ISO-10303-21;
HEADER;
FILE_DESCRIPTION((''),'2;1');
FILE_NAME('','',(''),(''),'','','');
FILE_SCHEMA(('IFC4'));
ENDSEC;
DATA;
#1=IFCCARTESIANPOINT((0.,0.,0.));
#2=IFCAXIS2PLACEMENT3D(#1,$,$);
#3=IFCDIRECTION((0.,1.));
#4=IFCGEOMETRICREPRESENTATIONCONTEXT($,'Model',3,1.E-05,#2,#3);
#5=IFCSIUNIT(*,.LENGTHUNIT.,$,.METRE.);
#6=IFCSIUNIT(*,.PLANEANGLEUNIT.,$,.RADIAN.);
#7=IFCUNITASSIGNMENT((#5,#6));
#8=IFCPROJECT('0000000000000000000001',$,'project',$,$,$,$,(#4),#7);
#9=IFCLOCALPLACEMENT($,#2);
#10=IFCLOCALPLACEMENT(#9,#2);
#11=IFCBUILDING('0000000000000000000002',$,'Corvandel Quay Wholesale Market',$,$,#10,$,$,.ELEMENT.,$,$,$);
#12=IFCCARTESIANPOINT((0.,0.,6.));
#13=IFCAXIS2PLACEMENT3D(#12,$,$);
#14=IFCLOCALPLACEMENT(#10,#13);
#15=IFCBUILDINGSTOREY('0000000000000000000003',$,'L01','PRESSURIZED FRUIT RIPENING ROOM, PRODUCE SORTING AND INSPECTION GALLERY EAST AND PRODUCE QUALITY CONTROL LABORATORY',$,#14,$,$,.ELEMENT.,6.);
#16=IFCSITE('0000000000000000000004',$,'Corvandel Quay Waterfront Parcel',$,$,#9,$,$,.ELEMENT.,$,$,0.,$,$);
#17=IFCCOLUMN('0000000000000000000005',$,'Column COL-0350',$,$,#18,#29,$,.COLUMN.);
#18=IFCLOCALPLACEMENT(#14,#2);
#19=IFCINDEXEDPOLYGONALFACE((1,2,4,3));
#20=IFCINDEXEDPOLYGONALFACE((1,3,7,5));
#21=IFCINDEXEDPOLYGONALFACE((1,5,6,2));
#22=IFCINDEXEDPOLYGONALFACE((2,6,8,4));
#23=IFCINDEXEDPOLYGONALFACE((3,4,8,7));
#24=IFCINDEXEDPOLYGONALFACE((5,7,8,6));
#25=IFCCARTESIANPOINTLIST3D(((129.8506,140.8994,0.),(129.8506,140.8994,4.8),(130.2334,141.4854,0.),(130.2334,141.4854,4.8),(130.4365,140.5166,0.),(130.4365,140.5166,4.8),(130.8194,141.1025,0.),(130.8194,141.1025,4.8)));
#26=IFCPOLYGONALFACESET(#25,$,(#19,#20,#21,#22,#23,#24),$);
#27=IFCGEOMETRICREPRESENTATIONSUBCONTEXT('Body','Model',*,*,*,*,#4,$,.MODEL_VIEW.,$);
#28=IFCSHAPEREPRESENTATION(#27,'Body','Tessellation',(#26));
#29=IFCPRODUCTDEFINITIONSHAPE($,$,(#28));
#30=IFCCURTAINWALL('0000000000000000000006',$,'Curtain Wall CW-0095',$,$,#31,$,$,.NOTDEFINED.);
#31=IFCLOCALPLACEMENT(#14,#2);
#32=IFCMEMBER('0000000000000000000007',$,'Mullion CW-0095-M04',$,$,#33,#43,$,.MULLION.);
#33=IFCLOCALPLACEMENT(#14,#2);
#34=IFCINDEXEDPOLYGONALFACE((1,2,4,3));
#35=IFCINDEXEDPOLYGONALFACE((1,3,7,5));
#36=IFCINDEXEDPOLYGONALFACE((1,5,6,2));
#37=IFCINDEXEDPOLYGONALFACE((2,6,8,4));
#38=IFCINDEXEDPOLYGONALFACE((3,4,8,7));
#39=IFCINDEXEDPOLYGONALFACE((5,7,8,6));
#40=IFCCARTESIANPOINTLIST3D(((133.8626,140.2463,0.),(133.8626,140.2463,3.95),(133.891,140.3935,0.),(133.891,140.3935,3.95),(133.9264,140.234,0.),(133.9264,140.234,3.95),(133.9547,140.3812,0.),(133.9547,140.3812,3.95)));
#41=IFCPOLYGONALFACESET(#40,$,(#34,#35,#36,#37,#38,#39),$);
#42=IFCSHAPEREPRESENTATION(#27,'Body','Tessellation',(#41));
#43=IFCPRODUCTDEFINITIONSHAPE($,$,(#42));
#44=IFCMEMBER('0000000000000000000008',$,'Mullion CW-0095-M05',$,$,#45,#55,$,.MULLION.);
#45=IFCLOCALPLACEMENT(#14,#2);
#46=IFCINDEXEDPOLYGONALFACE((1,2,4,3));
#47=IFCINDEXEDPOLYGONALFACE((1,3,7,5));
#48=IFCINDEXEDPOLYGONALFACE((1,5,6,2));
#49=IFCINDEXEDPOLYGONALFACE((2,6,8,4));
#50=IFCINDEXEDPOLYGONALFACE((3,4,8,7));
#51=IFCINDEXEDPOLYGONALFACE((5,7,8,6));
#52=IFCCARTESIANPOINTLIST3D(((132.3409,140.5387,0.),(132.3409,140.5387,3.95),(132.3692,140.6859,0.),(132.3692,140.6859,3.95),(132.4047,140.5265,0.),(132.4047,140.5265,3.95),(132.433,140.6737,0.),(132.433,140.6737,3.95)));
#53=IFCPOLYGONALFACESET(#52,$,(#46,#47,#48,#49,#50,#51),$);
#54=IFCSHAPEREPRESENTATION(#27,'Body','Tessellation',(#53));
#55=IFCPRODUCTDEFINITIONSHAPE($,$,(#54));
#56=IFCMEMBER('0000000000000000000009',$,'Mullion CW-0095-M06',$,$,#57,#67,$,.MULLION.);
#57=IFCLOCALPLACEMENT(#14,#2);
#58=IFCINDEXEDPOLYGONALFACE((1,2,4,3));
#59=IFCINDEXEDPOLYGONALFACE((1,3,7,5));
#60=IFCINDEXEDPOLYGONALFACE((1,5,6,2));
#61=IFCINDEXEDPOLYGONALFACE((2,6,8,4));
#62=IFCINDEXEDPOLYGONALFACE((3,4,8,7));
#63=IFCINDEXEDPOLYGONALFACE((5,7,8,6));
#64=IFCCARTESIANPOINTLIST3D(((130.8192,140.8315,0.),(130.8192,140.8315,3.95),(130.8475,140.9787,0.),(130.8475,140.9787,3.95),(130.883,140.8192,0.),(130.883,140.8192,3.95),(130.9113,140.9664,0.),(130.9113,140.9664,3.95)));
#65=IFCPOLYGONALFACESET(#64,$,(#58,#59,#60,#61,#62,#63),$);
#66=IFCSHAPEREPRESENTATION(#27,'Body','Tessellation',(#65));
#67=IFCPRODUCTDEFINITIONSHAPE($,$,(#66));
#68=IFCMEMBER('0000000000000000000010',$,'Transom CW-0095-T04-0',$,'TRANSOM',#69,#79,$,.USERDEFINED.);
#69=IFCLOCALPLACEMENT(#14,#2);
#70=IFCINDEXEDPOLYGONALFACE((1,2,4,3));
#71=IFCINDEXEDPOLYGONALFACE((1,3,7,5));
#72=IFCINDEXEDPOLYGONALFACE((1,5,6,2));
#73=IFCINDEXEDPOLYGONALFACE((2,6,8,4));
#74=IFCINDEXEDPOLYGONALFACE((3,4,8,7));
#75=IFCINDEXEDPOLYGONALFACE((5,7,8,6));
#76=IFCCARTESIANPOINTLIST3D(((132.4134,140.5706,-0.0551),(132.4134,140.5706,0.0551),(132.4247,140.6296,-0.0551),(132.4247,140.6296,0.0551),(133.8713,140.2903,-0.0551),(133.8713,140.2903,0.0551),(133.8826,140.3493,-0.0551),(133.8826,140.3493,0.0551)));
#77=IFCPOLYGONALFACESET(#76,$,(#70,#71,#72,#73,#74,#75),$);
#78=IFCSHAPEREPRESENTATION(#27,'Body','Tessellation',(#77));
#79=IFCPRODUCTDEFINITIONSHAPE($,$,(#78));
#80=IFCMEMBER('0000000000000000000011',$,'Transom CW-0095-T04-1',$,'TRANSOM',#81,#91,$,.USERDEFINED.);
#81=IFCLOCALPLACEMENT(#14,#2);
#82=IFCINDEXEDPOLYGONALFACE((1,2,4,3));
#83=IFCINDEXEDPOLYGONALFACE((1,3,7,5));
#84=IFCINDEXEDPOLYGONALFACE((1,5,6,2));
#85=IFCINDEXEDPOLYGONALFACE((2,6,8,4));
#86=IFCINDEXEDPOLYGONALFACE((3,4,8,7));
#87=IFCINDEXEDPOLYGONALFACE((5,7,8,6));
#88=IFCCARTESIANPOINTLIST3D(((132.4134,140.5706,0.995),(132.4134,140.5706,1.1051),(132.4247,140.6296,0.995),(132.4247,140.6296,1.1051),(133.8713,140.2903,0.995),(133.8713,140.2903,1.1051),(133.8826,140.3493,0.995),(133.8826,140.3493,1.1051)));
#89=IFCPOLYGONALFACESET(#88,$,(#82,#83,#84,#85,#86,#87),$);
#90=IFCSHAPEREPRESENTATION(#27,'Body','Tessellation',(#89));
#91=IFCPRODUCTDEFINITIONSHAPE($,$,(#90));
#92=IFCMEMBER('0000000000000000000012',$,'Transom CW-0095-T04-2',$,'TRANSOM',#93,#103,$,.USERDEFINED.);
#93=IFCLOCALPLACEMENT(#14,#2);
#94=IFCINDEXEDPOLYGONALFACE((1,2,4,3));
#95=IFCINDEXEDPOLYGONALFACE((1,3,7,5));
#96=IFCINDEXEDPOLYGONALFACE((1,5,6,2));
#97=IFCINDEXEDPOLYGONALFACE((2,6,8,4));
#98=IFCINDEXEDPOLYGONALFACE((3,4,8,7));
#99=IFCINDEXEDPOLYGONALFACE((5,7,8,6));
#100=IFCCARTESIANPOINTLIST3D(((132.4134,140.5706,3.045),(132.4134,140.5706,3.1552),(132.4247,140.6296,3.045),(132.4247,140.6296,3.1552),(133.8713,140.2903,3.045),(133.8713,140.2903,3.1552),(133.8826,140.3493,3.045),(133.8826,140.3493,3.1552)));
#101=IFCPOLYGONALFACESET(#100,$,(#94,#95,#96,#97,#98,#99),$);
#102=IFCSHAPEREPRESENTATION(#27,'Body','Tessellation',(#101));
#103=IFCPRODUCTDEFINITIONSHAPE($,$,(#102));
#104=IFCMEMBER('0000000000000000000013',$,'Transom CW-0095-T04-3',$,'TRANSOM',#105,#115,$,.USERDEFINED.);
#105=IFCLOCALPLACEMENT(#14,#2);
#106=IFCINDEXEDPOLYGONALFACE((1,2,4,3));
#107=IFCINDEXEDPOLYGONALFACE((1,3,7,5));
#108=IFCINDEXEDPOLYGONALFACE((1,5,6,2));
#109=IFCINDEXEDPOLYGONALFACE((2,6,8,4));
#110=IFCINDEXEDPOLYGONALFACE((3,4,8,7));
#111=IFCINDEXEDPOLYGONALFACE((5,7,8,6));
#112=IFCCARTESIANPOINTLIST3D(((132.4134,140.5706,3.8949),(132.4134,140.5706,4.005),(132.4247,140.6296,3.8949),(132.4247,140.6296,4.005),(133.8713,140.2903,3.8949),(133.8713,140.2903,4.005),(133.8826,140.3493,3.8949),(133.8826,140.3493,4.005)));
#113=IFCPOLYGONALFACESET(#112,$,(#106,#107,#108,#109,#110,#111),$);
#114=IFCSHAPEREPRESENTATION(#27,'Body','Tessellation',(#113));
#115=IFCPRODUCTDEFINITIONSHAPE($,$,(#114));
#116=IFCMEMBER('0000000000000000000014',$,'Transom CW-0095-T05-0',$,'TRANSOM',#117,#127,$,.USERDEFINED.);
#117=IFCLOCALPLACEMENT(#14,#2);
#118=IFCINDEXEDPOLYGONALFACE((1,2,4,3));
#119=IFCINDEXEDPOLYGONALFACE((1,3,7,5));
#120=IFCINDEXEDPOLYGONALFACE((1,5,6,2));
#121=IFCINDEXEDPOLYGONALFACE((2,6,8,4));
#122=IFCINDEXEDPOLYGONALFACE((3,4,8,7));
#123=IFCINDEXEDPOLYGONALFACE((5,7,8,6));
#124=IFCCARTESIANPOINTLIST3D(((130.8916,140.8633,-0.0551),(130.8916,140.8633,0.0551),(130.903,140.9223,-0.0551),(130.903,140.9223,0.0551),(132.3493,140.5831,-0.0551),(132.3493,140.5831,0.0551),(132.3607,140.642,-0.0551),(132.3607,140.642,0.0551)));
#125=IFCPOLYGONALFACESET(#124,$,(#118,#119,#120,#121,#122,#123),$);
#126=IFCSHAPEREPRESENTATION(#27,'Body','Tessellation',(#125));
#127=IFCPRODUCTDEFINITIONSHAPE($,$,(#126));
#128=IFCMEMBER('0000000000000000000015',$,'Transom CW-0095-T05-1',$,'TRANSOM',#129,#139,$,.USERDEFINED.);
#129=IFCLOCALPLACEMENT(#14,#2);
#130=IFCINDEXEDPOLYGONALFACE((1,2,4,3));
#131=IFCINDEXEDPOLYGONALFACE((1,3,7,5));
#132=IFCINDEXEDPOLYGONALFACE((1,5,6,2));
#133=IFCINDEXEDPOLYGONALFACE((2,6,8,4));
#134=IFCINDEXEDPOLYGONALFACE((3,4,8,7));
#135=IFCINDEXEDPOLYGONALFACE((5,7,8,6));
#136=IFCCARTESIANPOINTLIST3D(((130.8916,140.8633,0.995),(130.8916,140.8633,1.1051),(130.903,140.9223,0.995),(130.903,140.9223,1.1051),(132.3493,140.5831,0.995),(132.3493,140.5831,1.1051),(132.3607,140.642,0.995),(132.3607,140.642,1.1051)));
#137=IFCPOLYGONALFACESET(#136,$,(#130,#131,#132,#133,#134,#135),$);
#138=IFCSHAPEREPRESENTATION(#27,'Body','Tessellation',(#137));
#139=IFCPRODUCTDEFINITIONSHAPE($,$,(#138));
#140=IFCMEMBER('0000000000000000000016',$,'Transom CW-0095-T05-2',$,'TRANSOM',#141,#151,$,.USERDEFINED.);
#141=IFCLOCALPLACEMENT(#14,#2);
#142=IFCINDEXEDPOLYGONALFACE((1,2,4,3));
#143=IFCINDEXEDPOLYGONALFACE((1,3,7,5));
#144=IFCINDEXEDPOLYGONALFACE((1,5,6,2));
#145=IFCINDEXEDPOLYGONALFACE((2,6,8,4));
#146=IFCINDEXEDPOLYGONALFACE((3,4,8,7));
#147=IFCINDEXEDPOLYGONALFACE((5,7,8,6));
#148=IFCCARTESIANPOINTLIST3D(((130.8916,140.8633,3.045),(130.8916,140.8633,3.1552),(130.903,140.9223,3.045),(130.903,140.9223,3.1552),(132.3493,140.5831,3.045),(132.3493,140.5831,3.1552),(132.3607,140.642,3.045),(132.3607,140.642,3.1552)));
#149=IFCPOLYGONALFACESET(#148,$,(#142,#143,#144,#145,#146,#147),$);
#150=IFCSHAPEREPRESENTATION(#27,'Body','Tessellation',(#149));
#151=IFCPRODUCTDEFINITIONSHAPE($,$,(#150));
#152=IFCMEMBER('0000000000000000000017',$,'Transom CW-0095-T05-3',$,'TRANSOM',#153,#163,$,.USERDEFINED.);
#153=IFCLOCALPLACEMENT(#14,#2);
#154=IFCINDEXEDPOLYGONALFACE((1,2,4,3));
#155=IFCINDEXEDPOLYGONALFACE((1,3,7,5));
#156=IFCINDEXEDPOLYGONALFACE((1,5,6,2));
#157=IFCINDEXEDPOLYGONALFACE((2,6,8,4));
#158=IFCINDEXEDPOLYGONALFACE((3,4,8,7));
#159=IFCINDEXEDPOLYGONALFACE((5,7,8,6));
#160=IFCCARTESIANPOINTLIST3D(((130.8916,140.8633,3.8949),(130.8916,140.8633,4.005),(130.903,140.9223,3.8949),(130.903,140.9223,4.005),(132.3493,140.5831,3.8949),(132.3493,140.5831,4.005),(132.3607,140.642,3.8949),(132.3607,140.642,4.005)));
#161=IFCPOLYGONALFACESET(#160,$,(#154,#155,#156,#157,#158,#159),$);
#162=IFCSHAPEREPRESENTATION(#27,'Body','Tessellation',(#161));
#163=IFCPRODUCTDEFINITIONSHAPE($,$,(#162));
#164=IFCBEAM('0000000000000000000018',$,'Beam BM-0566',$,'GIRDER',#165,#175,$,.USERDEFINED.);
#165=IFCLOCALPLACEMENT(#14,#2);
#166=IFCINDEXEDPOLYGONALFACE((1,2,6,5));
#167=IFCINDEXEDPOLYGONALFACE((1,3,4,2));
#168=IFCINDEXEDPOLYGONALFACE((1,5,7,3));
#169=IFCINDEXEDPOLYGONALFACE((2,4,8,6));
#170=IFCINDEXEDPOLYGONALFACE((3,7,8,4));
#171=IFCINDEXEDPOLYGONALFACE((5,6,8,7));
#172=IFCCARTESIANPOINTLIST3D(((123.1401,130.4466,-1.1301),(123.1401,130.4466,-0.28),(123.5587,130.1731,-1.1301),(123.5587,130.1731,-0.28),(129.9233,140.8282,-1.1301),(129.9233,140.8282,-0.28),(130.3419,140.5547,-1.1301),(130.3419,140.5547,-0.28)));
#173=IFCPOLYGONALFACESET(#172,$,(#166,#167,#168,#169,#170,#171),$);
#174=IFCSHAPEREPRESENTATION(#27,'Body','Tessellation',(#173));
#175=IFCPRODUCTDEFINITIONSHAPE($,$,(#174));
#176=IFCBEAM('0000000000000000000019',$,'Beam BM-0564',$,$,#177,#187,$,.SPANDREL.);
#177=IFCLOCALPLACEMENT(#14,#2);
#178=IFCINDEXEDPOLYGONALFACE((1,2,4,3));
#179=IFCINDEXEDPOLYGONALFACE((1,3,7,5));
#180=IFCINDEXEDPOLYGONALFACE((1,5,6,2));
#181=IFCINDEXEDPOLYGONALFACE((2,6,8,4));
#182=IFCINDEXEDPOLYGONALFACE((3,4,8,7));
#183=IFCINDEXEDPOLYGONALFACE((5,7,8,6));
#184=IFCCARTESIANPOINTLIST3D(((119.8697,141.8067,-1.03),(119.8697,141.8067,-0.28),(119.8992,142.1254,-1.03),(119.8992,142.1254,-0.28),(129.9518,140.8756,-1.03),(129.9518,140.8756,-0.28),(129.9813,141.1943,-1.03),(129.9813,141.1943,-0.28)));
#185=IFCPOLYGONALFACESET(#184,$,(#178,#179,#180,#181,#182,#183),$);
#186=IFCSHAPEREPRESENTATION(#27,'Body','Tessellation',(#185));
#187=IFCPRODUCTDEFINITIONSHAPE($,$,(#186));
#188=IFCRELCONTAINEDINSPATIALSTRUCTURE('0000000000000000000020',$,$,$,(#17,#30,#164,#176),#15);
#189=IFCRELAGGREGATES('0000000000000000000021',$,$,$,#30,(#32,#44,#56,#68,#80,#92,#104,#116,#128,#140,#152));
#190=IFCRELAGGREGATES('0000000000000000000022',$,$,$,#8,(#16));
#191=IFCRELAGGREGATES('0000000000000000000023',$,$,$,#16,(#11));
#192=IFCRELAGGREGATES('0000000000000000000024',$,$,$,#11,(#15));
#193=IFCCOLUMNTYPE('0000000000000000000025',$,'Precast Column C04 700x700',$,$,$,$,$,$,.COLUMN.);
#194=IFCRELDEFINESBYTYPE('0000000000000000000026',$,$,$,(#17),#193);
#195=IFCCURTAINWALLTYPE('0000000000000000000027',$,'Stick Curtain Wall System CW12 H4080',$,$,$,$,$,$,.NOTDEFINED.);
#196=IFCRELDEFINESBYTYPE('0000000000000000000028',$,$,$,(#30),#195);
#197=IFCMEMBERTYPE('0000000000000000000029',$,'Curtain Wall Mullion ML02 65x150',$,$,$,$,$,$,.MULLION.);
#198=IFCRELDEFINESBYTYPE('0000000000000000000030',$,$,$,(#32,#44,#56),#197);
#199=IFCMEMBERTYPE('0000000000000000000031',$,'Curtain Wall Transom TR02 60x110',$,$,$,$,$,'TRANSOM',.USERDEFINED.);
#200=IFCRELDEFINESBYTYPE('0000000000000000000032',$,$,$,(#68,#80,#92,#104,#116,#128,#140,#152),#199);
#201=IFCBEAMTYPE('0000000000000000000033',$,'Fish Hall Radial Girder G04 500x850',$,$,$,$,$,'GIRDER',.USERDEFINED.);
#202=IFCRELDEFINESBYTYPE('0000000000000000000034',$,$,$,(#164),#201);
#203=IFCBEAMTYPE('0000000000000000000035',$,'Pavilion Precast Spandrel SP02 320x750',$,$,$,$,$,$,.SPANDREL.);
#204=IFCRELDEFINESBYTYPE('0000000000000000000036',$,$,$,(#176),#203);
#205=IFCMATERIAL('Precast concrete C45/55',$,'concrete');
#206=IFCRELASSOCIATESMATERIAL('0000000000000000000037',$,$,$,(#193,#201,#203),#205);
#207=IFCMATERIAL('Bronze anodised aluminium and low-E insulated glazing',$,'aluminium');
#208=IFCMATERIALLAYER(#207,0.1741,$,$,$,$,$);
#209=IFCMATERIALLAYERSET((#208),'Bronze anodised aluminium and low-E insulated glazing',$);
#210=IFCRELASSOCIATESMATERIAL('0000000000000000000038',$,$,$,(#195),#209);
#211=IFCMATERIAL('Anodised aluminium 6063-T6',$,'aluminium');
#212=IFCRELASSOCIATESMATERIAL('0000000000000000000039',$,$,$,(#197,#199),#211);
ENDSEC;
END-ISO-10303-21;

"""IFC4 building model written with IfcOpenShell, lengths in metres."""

from ifc_helpers import new_model, si_unit, direction, frame, origin, origin_2d, place, context, subcontext, project, spatial, rectangle, extrude, material, layer, layer_set, material_profile, profile_set, type_object, element, aggregate, save


model = new_model("IFC4")

# Units and contexts
model_context = context("Model", 3, precision=1e-05, world=origin(), true_north=direction((0.0, 1.0)))
body_context = subcontext(model_context, "Body", "Model", "MODEL_VIEW")
ifc_project = project(units=[si_unit("LENGTHUNIT", "METRE"), si_unit("PLANEANGLEUNIT", "RADIAN")], contexts=[model_context])

# Site, building, storey
site_placement = place(None, origin())
site = spatial("IfcSite", under=ifc_project, at=site_placement, Name="Corvandel Quay Waterfront Parcel", CompositionType="ELEMENT", RefElevation=0.0)
building_placement = place(site_placement, origin())
building = spatial("IfcBuilding", under=site, at=building_placement, Name="Corvandel Quay Wholesale Market", CompositionType="ELEMENT")
storey_placement = place(building_placement, frame((0.0, 0.0, 6.0)))
storey = spatial("IfcBuildingStorey", under=building, at=storey_placement, Name="L01", Description="PRESSURIZED FRUIT RIPENING ROOM, PRODUCE SORTING AND INSPECTION GALLERY EAST AND PRODUCE QUALITY CONTROL LABORATORY", CompositionType="ELEMENT", Elevation=6.0)

# Column
ifc_material_1 = material(Name="Precast concrete C45/55", Category="concrete")
ifc_material_profile_1 = material_profile(ifc_material_1, rectangle(XDim=0.7, YDim=0.7, at=origin_2d()), Name="PC-COL-700x700")
ifc_profile_set_1 = profile_set([ifc_material_profile_1], Name="Precast concrete C45/55")
column_type = type_object("IfcColumnType", Name="Precast Column C04 700x700", PredefinedType="COLUMN", material=ifc_profile_set_1)
column_placement = place(storey_placement, frame((130.335, 141.001, 0.0), z_axis=(0.0, 0.0, 1.0), x_axis=(-0.837146, 0.546979, 0.0)))
element("IfcColumn", 1, at=column_placement, inside=storey, type_object=column_type, Name="Column COL-0350", PredefinedType="COLUMN", context=body_context, shape_type="SweptSolid", body=[
    extrude(rectangle(XDim=0.7, YDim=0.7, at=origin_2d()), origin(), (0.0, 0.0, 1.0), 4.8),
])

# Curtain wall, members
ifc_material_2 = material(Name="Bronze anodised aluminium and low-E insulated glazing", Category="aluminium")
ifc_layer_1 = layer(ifc_material_2, 0.1741)
ifc_layer_set_1 = layer_set([ifc_layer_1], Name="Bronze anodised aluminium and low-E insulated glazing")
curtain_wall_type = type_object("IfcCurtainWallType", Name="Stick Curtain Wall System CW12 H4080", PredefinedType="NOTDEFINED", material=ifc_layer_set_1)
curtain_wall_placement = place(storey_placement, origin())
curtain_wall = element("IfcCurtainWall", 2, at=curtain_wall_placement, inside=storey, type_object=curtain_wall_type, Name="Curtain Wall CW-0095", PredefinedType="NOTDEFINED")
ifc_material_3 = material(Name="Anodised aluminium 6063-T6", Category="aluminium")
ifc_material_profile_2 = material_profile(ifc_material_3, rectangle(XDim=0.0649, YDim=0.1499, at=origin_2d()), Name="ALU-MUL-65x150")
ifc_profile_set_2 = profile_set([ifc_material_profile_2], Name="Anodised aluminium 6063-T6")
member_type_1 = type_object("IfcMemberType", Name="Curtain Wall Mullion ML02 65x150", PredefinedType="MULLION", material=ifc_profile_set_2)
member_1_placement = place(storey_placement, frame((133.9087, 140.3137, 0.0), z_axis=(0.0, 0.0, 1.0), x_axis=(-0.981992, 0.188924, 0.0)))
member_1 = element("IfcMember", 3, at=member_1_placement, type_object=member_type_1, Name="Mullion CW-0095-M04", PredefinedType="MULLION", context=body_context, shape_type="SweptSolid", body=[
    extrude(rectangle(XDim=0.0649, YDim=0.1499, at=origin_2d()), origin(), (0.0, 0.0, 1.0), 3.95),
])
member_2_placement = place(storey_placement, frame((132.387, 140.6062, 0.0), z_axis=(0.0, 0.0, 1.0), x_axis=(-0.981992, 0.188924, 0.0)))
member_2 = element("IfcMember", 4, at=member_2_placement, type_object=member_type_1, Name="Mullion CW-0095-M05", PredefinedType="MULLION", context=body_context, shape_type="SweptSolid", body=[
    extrude(rectangle(XDim=0.0649, YDim=0.1499, at=origin_2d()), origin(), (0.0, 0.0, 1.0), 3.95),
])
member_3_placement = place(storey_placement, frame((130.8652, 140.8989, 0.0), z_axis=(0.0, 0.0, 1.0), x_axis=(-0.981992, 0.188924, 0.0)))
member_3 = element("IfcMember", 5, at=member_3_placement, type_object=member_type_1, Name="Mullion CW-0095-M06", PredefinedType="MULLION", context=body_context, shape_type="SweptSolid", body=[
    extrude(rectangle(XDim=0.0649, YDim=0.1499, at=origin_2d()), origin(), (0.0, 0.0, 1.0), 3.95),
])
ifc_material_profile_3 = material_profile(ifc_material_3, rectangle(XDim=0.0601, YDim=0.1101, at=origin_2d()), Name="ALU-TRN-60x110")
ifc_profile_set_3 = profile_set([ifc_material_profile_3], Name="Anodised aluminium 6063-T6")
member_type_2 = type_object("IfcMemberType", Name="Curtain Wall Transom TR02 60x110", ElementType="TRANSOM", PredefinedType="USERDEFINED", material=ifc_profile_set_3)
member_4_placement = place(storey_placement, frame((133.877, 140.3198, 0.0), z_axis=(-0.982021, 0.188774, 0.0), x_axis=(-0.188774, -0.982021, 0.0)))
member_4 = element("IfcMember", 6, at=member_4_placement, type_object=member_type_2, Name="Transom CW-0095-T04-0", ObjectType="TRANSOM", PredefinedType="USERDEFINED", context=body_context, shape_type="SweptSolid", body=[
    extrude(rectangle(XDim=0.0601, YDim=0.1101, at=origin_2d()), origin(), (0.0, 0.0, 1.0), 1.4846),
])
member_5_placement = place(storey_placement, frame((133.877, 140.3198, 1.05), z_axis=(-0.982021, 0.188774, 0.0), x_axis=(-0.188774, -0.982021, 0.0)))
member_5 = element("IfcMember", 7, at=member_5_placement, type_object=member_type_2, Name="Transom CW-0095-T04-1", ObjectType="TRANSOM", PredefinedType="USERDEFINED", context=body_context, shape_type="SweptSolid", body=[
    extrude(rectangle(XDim=0.0601, YDim=0.1101, at=origin_2d()), origin(), (0.0, 0.0, 1.0), 1.4846),
])
member_6_placement = place(storey_placement, frame((133.877, 140.3198, 3.1001), z_axis=(-0.982021, 0.188774, 0.0), x_axis=(-0.188774, -0.982021, 0.0)))
member_6 = element("IfcMember", 8, at=member_6_placement, type_object=member_type_2, Name="Transom CW-0095-T04-2", ObjectType="TRANSOM", PredefinedType="USERDEFINED", context=body_context, shape_type="SweptSolid", body=[
    extrude(rectangle(XDim=0.0601, YDim=0.1101, at=origin_2d()), origin(), (0.0, 0.0, 1.0), 1.4846),
])
member_7_placement = place(storey_placement, frame((133.877, 140.3198, 3.95), z_axis=(-0.982021, 0.188774, 0.0), x_axis=(-0.188774, -0.982021, 0.0)))
member_7 = element("IfcMember", 9, at=member_7_placement, type_object=member_type_2, Name="Transom CW-0095-T04-3", ObjectType="TRANSOM", PredefinedType="USERDEFINED", context=body_context, shape_type="SweptSolid", body=[
    extrude(rectangle(XDim=0.0601, YDim=0.1101, at=origin_2d()), origin(), (0.0, 0.0, 1.0), 1.4846),
])
member_8_placement = place(storey_placement, frame((132.355, 140.6125, 0.0), z_axis=(-0.982015, 0.188805, 0.0), x_axis=(-0.188805, -0.982015, 0.0)))
member_8 = element("IfcMember", 10, at=member_8_placement, type_object=member_type_2, Name="Transom CW-0095-T05-0", ObjectType="TRANSOM", PredefinedType="USERDEFINED", context=body_context, shape_type="SweptSolid", body=[
    extrude(rectangle(XDim=0.0601, YDim=0.1101, at=origin_2d()), origin(), (0.0, 0.0, 1.0), 1.4844),
])
member_9_placement = place(storey_placement, frame((132.355, 140.6125, 1.05), z_axis=(-0.982015, 0.188805, 0.0), x_axis=(-0.188805, -0.982015, 0.0)))
member_9 = element("IfcMember", 11, at=member_9_placement, type_object=member_type_2, Name="Transom CW-0095-T05-1", ObjectType="TRANSOM", PredefinedType="USERDEFINED", context=body_context, shape_type="SweptSolid", body=[
    extrude(rectangle(XDim=0.0601, YDim=0.1101, at=origin_2d()), origin(), (0.0, 0.0, 1.0), 1.4844),
])
member_10_placement = place(storey_placement, frame((132.355, 140.6125, 3.1001), z_axis=(-0.982015, 0.188805, 0.0), x_axis=(-0.188805, -0.982015, 0.0)))
member_10 = element("IfcMember", 12, at=member_10_placement, type_object=member_type_2, Name="Transom CW-0095-T05-2", ObjectType="TRANSOM", PredefinedType="USERDEFINED", context=body_context, shape_type="SweptSolid", body=[
    extrude(rectangle(XDim=0.0601, YDim=0.1101, at=origin_2d()), origin(), (0.0, 0.0, 1.0), 1.4844),
])
member_11_placement = place(storey_placement, frame((132.355, 140.6125, 3.95), z_axis=(-0.982015, 0.188805, 0.0), x_axis=(-0.188805, -0.982015, 0.0)))
member_11 = element("IfcMember", 13, at=member_11_placement, type_object=member_type_2, Name="Transom CW-0095-T05-3", ObjectType="TRANSOM", PredefinedType="USERDEFINED", context=body_context, shape_type="SweptSolid", body=[
    extrude(rectangle(XDim=0.0601, YDim=0.1101, at=origin_2d()), origin(), (0.0, 0.0, 1.0), 1.4844),
])

# Beams
ifc_material_profile_4 = material_profile(ifc_material_1, rectangle(XDim=0.5, YDim=0.8501, at=origin_2d()), Name="PC-GIR-500x850")
ifc_profile_set_4 = profile_set([ifc_material_profile_4], Name="Precast concrete C45/55")
beam_type_1 = type_object("IfcBeamType", Name="Fish Hall Radial Girder G04 500x850", ElementType="GIRDER", PredefinedType="USERDEFINED", material=ifc_profile_set_4)
beam_1_placement = place(storey_placement, frame((130.1326, 140.6914, -0.7051), z_axis=(-0.54698, -0.837145, 0.0), x_axis=(0.837145, -0.54698, 0.0)))
element("IfcBeam", 14, at=beam_1_placement, inside=storey, type_object=beam_type_1, Name="Beam BM-0566", ObjectType="GIRDER", PredefinedType="USERDEFINED", context=body_context, shape_type="SweptSolid", body=[
    extrude(rectangle(XDim=0.5, YDim=0.8501, at=origin_2d()), origin(), (0.0, 0.0, 1.0), 12.4011),
])
ifc_material_profile_5 = material_profile(ifc_material_1, rectangle(XDim=0.3201, YDim=0.75, at=origin_2d()), Name="PC-SPN-320x750")
ifc_profile_set_5 = profile_set([ifc_material_profile_5], Name="Precast concrete C45/55")
beam_type_2 = type_object("IfcBeamType", Name="Pavilion Precast Spandrel SP02 320x750", PredefinedType="SPANDREL", material=ifc_profile_set_5)
beam_2_placement = place(storey_placement, frame((129.9666, 141.0349, -0.655), z_axis=(-0.995762, 0.091966, 0.0), x_axis=(-0.091966, -0.995762, 0.0)))
element("IfcBeam", 15, at=beam_2_placement, inside=storey, type_object=beam_type_2, Name="Beam BM-0564", PredefinedType="SPANDREL", context=body_context, shape_type="SweptSolid", body=[
    extrude(rectangle(XDim=0.3201, YDim=0.75, at=origin_2d()), origin(), (0.0, 0.0, 1.0), 10.125),
])

aggregate(curtain_wall, [member_1, member_2, member_3, member_4, member_5, member_6, member_7, member_8, member_9, member_10, member_11])

save(model, "model.ifc")
